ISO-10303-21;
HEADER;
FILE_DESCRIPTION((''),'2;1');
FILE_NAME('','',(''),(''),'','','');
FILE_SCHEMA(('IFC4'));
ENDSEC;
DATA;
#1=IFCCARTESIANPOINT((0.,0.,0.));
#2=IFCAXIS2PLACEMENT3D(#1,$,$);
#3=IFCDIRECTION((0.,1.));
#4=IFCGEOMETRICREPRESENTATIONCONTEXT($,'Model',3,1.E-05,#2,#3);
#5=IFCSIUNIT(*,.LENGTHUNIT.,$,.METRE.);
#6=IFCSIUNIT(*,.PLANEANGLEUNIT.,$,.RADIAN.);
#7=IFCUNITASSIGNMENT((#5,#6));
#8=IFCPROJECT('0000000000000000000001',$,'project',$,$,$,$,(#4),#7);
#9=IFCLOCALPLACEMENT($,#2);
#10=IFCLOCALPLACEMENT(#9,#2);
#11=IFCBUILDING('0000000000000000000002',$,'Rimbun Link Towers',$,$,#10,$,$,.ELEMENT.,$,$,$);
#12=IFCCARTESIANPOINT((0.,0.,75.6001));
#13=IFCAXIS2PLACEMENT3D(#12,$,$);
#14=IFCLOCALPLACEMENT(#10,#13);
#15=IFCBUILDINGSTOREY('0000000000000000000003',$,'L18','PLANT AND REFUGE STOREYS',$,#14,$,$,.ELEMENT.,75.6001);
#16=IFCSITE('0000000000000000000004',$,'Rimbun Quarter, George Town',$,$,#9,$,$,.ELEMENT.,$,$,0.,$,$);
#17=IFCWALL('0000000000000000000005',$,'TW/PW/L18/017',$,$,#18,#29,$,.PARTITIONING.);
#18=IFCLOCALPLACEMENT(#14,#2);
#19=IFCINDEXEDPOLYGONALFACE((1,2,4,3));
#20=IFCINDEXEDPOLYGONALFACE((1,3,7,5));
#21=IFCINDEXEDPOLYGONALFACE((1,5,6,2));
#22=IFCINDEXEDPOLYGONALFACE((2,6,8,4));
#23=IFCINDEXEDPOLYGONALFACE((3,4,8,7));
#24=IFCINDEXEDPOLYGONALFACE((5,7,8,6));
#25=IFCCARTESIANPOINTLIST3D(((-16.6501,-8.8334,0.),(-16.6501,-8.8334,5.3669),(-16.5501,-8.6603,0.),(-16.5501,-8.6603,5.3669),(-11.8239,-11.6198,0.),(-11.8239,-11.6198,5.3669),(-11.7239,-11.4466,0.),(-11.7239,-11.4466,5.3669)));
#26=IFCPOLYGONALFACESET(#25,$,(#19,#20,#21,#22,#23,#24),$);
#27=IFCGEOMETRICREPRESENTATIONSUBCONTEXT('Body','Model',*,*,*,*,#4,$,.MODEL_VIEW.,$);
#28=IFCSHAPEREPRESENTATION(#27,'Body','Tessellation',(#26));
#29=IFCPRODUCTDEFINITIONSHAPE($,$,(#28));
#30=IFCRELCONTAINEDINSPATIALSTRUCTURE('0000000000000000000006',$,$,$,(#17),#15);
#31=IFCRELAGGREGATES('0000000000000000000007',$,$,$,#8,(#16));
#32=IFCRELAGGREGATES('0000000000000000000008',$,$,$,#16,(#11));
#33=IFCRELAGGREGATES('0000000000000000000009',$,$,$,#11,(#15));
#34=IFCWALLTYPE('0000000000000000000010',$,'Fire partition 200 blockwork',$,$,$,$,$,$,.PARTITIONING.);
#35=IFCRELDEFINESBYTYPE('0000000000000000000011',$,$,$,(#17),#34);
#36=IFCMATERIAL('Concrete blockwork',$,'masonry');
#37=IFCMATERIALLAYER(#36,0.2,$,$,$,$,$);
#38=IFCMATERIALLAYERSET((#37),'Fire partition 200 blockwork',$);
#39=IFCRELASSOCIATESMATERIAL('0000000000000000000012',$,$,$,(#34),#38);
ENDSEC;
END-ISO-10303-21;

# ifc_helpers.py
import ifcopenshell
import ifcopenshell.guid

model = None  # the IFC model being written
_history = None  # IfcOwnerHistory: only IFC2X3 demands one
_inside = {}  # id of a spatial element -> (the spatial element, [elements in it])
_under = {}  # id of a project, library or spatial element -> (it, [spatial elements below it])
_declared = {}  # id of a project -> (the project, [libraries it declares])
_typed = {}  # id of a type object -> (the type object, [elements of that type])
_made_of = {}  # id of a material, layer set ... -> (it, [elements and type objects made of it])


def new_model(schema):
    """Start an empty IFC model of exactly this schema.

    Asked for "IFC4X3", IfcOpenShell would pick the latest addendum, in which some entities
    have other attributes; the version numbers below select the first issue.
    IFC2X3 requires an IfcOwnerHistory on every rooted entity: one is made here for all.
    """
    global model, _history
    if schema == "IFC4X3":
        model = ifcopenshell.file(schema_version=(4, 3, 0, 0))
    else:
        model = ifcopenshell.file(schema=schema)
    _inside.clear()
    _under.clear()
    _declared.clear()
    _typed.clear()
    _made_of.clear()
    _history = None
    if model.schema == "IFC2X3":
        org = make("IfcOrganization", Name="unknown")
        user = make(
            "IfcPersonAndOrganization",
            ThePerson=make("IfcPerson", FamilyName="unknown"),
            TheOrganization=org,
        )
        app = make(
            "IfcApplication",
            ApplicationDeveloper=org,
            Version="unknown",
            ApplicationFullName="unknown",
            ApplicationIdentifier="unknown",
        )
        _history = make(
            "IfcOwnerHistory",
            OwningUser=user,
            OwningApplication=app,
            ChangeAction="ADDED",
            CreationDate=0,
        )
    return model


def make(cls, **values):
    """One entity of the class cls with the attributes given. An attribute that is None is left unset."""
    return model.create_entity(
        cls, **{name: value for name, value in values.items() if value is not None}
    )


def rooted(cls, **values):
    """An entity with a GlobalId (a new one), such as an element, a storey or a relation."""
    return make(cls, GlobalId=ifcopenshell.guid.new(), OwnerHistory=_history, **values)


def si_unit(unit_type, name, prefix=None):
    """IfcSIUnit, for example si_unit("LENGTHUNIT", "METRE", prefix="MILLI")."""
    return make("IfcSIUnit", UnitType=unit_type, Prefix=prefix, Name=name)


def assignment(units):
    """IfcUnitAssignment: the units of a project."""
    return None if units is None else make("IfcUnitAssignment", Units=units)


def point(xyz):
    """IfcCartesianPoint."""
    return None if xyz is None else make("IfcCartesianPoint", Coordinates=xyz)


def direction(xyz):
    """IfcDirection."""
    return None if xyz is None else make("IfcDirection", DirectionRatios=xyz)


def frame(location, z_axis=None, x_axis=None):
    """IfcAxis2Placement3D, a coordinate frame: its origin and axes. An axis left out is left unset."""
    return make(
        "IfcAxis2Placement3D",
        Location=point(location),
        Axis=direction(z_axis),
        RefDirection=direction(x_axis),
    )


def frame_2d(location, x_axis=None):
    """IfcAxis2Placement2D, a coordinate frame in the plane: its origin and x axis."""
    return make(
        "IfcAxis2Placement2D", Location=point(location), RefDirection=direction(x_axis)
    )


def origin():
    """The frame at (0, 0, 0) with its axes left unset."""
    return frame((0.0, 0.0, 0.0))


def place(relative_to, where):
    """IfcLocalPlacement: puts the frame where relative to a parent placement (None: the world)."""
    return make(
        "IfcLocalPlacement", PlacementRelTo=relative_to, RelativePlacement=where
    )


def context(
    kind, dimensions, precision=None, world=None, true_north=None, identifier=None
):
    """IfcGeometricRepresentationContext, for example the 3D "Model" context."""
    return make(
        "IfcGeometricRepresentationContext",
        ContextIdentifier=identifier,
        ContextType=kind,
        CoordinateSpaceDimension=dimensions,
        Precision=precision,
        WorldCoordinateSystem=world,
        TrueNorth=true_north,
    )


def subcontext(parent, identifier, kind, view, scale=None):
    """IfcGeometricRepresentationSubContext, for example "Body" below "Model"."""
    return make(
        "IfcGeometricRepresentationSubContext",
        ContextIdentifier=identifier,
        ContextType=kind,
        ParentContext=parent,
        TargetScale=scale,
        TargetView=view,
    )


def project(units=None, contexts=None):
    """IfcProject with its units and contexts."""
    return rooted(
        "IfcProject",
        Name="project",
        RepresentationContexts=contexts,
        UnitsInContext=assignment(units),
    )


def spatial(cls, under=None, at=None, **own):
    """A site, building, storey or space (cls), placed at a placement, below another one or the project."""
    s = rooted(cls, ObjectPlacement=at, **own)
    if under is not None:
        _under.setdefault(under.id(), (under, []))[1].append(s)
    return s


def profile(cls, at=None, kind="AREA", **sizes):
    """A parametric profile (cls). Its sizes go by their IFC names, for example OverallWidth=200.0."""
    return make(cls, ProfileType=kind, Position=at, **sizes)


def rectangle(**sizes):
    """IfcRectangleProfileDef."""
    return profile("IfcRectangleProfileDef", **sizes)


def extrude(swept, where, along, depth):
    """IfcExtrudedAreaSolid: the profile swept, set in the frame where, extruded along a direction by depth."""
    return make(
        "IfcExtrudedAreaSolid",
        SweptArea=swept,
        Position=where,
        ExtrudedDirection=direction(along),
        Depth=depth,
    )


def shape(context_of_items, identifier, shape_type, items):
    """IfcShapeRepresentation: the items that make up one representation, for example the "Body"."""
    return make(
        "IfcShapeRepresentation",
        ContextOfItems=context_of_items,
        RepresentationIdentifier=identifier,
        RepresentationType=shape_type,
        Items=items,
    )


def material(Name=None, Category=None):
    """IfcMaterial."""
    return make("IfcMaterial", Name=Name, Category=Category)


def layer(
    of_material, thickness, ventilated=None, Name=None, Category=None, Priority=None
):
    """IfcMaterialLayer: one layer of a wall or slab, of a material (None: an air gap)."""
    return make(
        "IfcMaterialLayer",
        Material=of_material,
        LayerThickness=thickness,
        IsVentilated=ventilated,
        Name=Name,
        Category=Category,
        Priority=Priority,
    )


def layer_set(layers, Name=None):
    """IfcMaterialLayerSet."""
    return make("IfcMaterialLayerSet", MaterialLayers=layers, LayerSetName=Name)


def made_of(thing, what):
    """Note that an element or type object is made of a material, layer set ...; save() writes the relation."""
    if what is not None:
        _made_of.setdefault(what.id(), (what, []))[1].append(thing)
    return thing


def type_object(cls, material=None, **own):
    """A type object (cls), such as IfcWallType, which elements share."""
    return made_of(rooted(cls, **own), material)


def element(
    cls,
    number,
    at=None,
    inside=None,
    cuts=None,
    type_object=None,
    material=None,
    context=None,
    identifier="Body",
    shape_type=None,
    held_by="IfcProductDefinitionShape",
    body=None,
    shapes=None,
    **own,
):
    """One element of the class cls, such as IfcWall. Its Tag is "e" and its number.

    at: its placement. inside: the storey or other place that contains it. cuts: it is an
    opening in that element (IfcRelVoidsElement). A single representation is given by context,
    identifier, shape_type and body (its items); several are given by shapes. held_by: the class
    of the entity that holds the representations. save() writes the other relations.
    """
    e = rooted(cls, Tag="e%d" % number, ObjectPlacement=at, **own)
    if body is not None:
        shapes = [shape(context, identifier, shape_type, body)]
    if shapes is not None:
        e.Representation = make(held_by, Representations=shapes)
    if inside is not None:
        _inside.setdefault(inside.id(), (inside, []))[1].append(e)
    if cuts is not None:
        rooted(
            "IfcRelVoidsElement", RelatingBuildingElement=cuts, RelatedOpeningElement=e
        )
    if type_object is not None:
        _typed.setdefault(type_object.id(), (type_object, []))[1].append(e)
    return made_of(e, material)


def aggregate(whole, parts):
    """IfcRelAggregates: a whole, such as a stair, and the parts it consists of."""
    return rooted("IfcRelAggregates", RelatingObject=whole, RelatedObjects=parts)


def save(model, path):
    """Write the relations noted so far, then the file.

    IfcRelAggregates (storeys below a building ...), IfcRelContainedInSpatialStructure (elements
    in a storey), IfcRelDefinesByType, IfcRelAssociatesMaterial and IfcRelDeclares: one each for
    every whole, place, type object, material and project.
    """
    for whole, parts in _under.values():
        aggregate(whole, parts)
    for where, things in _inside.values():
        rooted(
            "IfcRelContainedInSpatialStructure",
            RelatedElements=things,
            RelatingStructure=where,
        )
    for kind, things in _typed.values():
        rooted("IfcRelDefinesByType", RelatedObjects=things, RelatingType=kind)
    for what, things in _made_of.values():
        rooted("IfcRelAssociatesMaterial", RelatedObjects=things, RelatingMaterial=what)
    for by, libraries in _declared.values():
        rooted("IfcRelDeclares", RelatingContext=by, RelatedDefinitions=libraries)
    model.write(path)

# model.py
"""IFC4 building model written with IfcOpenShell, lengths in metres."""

from ifc_helpers import new_model, si_unit, direction, frame, frame_2d, origin, place, context, subcontext, project, spatial, rectangle, extrude, material, layer, layer_set, type_object, element, save


model = new_model("IFC4")

# Units and contexts
model_context = context("Model", 3, precision=1e-05, world=origin(), true_north=direction((0.0, 1.0)))
body_context = subcontext(model_context, "Body", "Model", "MODEL_VIEW")
ifc_project = project(units=[si_unit("LENGTHUNIT", "METRE"), si_unit("PLANEANGLEUNIT", "RADIAN")], contexts=[model_context])

# Site, building, storey
site_placement = place(None, origin())
site = spatial("IfcSite", under=ifc_project, at=site_placement, Name="Rimbun Quarter, George Town", CompositionType="ELEMENT", RefElevation=0.0)
building_placement = place(site_placement, origin())
building = spatial("IfcBuilding", under=site, at=building_placement, Name="Rimbun Link Towers", CompositionType="ELEMENT")
storey_placement = place(building_placement, frame((0.0, 0.0, 75.6001)))
storey = spatial("IfcBuildingStorey", under=building, at=storey_placement, Name="L18", Description="PLANT AND REFUGE STOREYS", CompositionType="ELEMENT", Elevation=75.6001)

# Shared definitions
ifc_material_1 = material(Name="Concrete blockwork", Category="masonry")
ifc_layer_1 = layer(ifc_material_1, 0.2)
ifc_layer_set_1 = layer_set([ifc_layer_1], Name="Fire partition 200 blockwork")
wall_type_1 = type_object("IfcWallType", Name="Fire partition 200 blockwork", PredefinedType="PARTITIONING", material=ifc_layer_set_1)

# Wall
wall_1_placement = place(storey_placement, frame((-11.7739, -11.5332, 0.0), z_axis=(0.0, 0.0, 1.0), x_axis=(-0.866027, 0.499998, 0.0)))
element("IfcWall", 1, at=wall_1_placement, inside=storey, type_object=wall_type_1, Name="TW/PW/L18/017", PredefinedType="PARTITIONING", context=body_context, shape_type="SweptSolid", body=[
    extrude(rectangle(XDim=5.5728, YDim=0.2, at=frame_2d((2.7864, 0.0))), origin(), (0.0, 0.0, 1.0), 5.3669),
])

save(model, "model.ifc")
